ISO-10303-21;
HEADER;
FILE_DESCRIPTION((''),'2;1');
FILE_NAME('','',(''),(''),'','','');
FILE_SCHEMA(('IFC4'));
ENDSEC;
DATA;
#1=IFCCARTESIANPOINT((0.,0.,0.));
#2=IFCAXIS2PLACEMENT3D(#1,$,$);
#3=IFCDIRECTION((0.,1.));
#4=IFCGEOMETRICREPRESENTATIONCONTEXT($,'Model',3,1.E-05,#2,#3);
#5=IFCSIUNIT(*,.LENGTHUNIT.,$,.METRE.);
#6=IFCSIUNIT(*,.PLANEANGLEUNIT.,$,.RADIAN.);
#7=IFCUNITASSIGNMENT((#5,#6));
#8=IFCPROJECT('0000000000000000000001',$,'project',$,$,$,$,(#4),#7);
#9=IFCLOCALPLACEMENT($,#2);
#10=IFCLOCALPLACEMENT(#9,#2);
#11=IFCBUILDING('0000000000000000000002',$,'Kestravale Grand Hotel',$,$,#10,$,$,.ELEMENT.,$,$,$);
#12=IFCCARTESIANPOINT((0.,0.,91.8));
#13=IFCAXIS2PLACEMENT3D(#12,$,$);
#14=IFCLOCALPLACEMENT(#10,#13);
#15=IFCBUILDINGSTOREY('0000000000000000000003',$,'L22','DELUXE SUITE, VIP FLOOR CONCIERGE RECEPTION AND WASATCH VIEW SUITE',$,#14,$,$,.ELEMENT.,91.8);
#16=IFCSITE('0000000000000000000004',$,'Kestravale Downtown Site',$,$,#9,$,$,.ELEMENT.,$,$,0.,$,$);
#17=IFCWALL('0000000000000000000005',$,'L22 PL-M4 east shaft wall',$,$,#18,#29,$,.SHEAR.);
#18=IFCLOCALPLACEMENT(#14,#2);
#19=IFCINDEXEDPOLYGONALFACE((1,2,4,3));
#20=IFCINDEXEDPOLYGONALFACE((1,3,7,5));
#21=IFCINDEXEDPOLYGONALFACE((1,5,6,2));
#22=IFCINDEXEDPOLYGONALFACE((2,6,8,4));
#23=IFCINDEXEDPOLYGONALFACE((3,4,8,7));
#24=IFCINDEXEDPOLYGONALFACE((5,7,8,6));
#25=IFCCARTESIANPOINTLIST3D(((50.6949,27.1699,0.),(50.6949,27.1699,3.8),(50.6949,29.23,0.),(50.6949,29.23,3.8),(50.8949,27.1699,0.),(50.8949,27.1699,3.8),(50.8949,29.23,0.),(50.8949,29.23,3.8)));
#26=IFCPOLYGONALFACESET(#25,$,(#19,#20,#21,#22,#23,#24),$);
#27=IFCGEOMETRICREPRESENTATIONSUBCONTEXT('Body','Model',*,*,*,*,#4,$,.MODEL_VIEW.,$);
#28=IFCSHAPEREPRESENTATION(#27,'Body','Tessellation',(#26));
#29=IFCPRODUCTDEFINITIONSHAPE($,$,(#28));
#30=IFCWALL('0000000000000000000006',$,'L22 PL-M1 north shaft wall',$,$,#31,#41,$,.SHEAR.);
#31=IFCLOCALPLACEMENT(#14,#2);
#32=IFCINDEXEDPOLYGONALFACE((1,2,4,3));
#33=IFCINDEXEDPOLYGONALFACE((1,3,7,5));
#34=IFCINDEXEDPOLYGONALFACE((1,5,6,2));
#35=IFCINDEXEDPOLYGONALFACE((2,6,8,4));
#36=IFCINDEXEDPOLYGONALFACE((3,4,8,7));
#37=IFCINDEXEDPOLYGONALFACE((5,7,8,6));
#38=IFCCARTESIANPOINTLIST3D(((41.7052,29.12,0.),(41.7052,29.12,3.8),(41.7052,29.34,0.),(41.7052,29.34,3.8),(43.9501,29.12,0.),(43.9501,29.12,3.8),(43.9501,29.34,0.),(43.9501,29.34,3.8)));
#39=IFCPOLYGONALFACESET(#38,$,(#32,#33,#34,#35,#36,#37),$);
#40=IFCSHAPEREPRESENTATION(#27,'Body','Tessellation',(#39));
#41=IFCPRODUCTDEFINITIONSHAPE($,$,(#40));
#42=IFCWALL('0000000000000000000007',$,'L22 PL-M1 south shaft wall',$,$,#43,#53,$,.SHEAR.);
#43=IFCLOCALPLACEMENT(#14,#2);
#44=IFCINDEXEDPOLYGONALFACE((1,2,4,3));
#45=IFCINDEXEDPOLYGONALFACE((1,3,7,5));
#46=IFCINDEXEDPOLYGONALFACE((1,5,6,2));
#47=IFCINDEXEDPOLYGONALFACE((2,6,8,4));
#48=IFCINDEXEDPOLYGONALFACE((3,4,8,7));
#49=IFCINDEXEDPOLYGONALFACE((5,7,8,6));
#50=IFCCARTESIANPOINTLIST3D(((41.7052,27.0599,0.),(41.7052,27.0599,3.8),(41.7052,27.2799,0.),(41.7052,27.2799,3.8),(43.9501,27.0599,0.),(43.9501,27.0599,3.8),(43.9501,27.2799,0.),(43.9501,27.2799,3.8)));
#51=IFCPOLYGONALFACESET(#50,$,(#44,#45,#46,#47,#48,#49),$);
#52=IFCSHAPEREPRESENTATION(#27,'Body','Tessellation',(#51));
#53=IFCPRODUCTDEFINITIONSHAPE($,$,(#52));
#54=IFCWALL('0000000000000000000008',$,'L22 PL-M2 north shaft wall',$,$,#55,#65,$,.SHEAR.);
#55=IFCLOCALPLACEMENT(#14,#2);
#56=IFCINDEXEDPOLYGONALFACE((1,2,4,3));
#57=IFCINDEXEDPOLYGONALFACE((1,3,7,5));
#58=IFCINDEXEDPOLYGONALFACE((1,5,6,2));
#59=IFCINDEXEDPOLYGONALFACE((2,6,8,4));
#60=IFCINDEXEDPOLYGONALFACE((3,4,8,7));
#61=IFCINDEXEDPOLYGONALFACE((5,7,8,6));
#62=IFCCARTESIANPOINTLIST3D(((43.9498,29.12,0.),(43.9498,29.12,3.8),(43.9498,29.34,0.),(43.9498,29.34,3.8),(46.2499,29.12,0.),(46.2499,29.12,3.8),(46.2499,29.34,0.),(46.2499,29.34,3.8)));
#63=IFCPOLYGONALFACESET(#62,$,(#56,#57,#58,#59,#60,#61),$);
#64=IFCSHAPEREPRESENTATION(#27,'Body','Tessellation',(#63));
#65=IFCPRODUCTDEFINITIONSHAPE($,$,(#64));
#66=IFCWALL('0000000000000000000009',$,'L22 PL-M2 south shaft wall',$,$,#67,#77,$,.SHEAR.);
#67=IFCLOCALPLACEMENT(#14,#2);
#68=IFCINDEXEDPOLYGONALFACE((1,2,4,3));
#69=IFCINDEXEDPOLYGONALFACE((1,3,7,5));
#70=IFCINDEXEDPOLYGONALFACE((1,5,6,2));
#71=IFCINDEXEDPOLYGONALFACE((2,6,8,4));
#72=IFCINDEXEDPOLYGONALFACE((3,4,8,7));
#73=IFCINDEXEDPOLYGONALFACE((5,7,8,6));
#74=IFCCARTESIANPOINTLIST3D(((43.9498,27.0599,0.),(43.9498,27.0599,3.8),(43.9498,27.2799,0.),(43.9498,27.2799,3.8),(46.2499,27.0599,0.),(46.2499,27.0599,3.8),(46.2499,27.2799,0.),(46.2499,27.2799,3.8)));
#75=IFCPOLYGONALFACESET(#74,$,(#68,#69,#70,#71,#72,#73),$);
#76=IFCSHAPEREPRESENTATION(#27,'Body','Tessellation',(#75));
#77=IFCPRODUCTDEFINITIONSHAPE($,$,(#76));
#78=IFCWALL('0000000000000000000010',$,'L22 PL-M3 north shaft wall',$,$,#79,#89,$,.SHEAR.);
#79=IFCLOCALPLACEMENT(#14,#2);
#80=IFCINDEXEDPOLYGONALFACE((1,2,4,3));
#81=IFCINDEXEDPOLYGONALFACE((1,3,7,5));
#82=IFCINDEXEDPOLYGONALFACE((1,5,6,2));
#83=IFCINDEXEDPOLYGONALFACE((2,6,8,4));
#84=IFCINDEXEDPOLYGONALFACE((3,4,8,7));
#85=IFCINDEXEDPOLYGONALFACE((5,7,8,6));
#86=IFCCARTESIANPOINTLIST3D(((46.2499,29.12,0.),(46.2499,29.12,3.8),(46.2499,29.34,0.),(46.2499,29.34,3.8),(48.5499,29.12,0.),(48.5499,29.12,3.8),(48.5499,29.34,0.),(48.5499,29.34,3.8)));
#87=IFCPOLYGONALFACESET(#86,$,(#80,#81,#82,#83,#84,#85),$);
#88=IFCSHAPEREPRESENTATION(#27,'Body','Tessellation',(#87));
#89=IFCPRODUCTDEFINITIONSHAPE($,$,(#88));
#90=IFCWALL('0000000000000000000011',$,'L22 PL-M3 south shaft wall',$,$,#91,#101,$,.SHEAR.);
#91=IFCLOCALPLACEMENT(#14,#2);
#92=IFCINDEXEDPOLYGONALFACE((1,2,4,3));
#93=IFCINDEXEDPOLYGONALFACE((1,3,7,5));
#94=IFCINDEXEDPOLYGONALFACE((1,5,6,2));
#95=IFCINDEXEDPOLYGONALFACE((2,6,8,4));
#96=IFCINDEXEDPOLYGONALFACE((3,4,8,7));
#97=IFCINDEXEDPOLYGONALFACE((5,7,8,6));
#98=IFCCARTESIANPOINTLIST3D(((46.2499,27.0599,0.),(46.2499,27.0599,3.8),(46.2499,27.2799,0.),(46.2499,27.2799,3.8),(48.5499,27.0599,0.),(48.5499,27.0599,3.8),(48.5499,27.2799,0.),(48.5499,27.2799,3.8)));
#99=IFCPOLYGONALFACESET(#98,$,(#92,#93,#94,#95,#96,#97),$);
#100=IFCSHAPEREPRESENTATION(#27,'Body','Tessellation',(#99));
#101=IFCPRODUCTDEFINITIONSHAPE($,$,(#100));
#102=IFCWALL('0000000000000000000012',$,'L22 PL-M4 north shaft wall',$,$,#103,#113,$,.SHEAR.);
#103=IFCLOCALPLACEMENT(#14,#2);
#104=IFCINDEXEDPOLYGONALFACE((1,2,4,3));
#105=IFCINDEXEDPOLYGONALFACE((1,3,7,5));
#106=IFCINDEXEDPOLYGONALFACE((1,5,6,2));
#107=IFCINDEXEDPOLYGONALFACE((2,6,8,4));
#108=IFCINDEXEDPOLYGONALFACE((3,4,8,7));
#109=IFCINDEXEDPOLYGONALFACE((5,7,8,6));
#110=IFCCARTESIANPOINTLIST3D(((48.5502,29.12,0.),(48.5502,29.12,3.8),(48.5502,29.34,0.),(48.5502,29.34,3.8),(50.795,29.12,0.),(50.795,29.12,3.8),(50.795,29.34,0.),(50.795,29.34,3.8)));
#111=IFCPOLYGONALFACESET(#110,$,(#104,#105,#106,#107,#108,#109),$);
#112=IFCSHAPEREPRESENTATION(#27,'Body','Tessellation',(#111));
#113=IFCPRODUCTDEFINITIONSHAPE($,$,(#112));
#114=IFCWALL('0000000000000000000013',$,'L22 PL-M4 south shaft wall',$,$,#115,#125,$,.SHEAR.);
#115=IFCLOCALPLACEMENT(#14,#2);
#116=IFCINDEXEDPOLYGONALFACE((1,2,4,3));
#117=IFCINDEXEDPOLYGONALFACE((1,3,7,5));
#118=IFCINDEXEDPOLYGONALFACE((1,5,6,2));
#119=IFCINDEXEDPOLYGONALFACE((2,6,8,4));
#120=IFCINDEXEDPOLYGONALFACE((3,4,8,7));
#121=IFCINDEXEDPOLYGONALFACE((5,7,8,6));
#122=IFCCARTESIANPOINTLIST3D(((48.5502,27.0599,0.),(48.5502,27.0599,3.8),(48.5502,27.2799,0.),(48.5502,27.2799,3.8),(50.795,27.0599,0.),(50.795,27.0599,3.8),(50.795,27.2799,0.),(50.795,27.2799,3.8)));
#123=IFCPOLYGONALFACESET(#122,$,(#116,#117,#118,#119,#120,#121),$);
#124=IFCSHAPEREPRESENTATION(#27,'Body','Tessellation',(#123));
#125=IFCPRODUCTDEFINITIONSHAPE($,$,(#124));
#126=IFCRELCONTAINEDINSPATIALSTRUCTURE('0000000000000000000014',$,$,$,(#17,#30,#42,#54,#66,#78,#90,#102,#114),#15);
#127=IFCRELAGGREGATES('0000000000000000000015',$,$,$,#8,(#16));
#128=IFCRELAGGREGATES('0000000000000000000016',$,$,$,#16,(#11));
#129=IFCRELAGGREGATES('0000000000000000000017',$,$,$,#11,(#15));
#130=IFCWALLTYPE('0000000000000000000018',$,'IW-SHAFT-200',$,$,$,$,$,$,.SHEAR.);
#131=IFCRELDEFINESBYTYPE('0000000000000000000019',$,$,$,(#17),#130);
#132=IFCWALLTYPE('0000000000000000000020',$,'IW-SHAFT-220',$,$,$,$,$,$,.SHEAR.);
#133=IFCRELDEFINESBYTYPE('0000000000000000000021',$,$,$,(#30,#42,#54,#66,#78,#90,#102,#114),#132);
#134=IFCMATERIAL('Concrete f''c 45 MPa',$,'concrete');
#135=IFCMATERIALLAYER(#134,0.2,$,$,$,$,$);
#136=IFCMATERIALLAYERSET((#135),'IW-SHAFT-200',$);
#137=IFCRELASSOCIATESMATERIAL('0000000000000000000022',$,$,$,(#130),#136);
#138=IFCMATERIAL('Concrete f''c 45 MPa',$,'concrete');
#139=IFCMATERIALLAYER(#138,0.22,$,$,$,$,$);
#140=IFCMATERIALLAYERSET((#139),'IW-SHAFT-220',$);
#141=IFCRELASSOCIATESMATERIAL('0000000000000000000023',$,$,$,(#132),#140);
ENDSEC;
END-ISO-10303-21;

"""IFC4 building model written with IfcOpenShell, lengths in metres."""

from ifc_helpers import new_model, si_unit, direction, frame, frame_2d, origin, place, context, subcontext, project, spatial, rectangle, extrude, material, layer, layer_set, type_object, element, save


model = new_model("IFC4")

# Units and contexts
model_context = context("Model", 3, precision=1e-05, world=origin(), true_north=direction((0.0, 1.0)))
body_context = subcontext(model_context, "Body", "Model", "MODEL_VIEW")
ifc_project = project(units=[si_unit("LENGTHUNIT", "METRE"), si_unit("PLANEANGLEUNIT", "RADIAN")], contexts=[model_context])

# Site, building, storey
site_placement = place(None, origin())
site = spatial("IfcSite", under=ifc_project, at=site_placement, Name="Kestravale Downtown Site", CompositionType="ELEMENT", RefElevation=0.0)
building_placement = place(site_placement, origin())
building = spatial("IfcBuilding", under=site, at=building_placement, Name="Kestravale Grand Hotel", CompositionType="ELEMENT")
storey_placement = place(building_placement, frame((0.0, 0.0, 91.8)))
storey = spatial("IfcBuildingStorey", under=building, at=storey_placement, Name="L22", Description="DELUXE SUITE, VIP FLOOR CONCIERGE RECEPTION AND WASATCH VIEW SUITE", CompositionType="ELEMENT", Elevation=91.8)

# Walls
ifc_material_1 = material(Name="Concrete f'c 45 MPa", Category="concrete")
ifc_layer_1 = layer(ifc_material_1, 0.2)
ifc_layer_set_1 = layer_set([ifc_layer_1], Name="IW-SHAFT-200")
wall_type_1 = type_object("IfcWallType", Name="IW-SHAFT-200", PredefinedType="SHEAR", material=ifc_layer_set_1)
for number, where, z_axis, x_axis, name in (
    (1, (50.7949, 27.1699, 0.0), (0.0, 0.0, 1.0), (0.0, 1.0, 0.0), "L22 PL-M4 east shaft wall"),
):
    element("IfcWall", number, at=place(storey_placement, frame(where, z_axis=z_axis, x_axis=x_axis)), inside=storey, type_object=wall_type_1, Name=name, PredefinedType="SHEAR", context=body_context, shape_type="SweptSolid", body=[
        extrude(rectangle(XDim=2.0601, YDim=0.2, at=frame_2d((1.03, 0.0))), origin(), (0.0, 0.0, 1.0), 3.8),
    ])
ifc_material_2 = material(Name="Concrete f'c 45 MPa", Category="concrete")
ifc_layer_2 = layer(ifc_material_2, 0.22)
ifc_layer_set_2 = layer_set([ifc_layer_2], Name="IW-SHAFT-220")
wall_type_2 = type_object("IfcWallType", Name="IW-SHAFT-220", PredefinedType="SHEAR", material=ifc_layer_set_2)
for number, where, z_axis, x_axis, name in (
    (2, (41.7051, 29.23, 0.0), (0.0, 0.0, 1.0), (1.0, 0.0, 0.0), "L22 PL-M1 north shaft wall"),
    (3, (41.7051, 27.1699, 0.0), (0.0, 0.0, 1.0), (1.0, 0.0, 0.0), "L22 PL-M1 south shaft wall"),
):
    element("IfcWall", number, at=place(storey_placement, frame(where, z_axis=z_axis, x_axis=x_axis)), inside=storey, type_object=wall_type_2, Name=name, PredefinedType="SHEAR", context=body_context, shape_type="SweptSolid", body=[
        extrude(rectangle(XDim=2.2449, YDim=0.22, at=frame_2d((1.1226, 0.0))), origin(), (0.0, 0.0, 1.0), 3.8),
    ])
for number, where, z_axis, x_axis, name in (
    (4, (43.95, 29.23, 0.0), (0.0, 0.0, 1.0), (1.0, 0.0, 0.0), "L22 PL-M2 north shaft wall"),
    (5, (43.95, 27.1699, 0.0), (0.0, 0.0, 1.0), (1.0, 0.0, 0.0), "L22 PL-M2 south shaft wall"),
    (6, (46.25, 29.23, 0.0), (0.0, 0.0, 1.0), (1.0, 0.0, 0.0), "L22 PL-M3 north shaft wall"),
    (7, (46.25, 27.1699, 0.0), (0.0, 0.0, 1.0), (1.0, 0.0, 0.0), "L22 PL-M3 south shaft wall"),
):
    element("IfcWall", number, at=place(storey_placement, frame(where, z_axis=z_axis, x_axis=x_axis)), inside=storey, type_object=wall_type_2, Name=name, PredefinedType="SHEAR", context=body_context, shape_type="SweptSolid", body=[
        extrude(rectangle(XDim=2.3, YDim=0.22, at=frame_2d((1.1499, 0.0))), origin(), (0.0, 0.0, 1.0), 3.8),
    ])
for number, where, z_axis, x_axis, name in (
    (8, (48.55, 29.23, 0.0), (0.0, 0.0, 1.0), (1.0, 0.0, 0.0), "L22 PL-M4 north shaft wall"),
    (9, (48.55, 27.1699, 0.0), (0.0, 0.0, 1.0), (1.0, 0.0, 0.0), "L22 PL-M4 south shaft wall"),
):
    element("IfcWall", number, at=place(storey_placement, frame(where, z_axis=z_axis, x_axis=x_axis)), inside=storey, type_object=wall_type_2, Name=name, PredefinedType="SHEAR", context=body_context, shape_type="SweptSolid", body=[
        extrude(rectangle(XDim=2.2449, YDim=0.22, at=frame_2d((1.1226, 0.0))), origin(), (0.0, 0.0, 1.0), 3.8),
    ])

save(model, "model.ifc")
